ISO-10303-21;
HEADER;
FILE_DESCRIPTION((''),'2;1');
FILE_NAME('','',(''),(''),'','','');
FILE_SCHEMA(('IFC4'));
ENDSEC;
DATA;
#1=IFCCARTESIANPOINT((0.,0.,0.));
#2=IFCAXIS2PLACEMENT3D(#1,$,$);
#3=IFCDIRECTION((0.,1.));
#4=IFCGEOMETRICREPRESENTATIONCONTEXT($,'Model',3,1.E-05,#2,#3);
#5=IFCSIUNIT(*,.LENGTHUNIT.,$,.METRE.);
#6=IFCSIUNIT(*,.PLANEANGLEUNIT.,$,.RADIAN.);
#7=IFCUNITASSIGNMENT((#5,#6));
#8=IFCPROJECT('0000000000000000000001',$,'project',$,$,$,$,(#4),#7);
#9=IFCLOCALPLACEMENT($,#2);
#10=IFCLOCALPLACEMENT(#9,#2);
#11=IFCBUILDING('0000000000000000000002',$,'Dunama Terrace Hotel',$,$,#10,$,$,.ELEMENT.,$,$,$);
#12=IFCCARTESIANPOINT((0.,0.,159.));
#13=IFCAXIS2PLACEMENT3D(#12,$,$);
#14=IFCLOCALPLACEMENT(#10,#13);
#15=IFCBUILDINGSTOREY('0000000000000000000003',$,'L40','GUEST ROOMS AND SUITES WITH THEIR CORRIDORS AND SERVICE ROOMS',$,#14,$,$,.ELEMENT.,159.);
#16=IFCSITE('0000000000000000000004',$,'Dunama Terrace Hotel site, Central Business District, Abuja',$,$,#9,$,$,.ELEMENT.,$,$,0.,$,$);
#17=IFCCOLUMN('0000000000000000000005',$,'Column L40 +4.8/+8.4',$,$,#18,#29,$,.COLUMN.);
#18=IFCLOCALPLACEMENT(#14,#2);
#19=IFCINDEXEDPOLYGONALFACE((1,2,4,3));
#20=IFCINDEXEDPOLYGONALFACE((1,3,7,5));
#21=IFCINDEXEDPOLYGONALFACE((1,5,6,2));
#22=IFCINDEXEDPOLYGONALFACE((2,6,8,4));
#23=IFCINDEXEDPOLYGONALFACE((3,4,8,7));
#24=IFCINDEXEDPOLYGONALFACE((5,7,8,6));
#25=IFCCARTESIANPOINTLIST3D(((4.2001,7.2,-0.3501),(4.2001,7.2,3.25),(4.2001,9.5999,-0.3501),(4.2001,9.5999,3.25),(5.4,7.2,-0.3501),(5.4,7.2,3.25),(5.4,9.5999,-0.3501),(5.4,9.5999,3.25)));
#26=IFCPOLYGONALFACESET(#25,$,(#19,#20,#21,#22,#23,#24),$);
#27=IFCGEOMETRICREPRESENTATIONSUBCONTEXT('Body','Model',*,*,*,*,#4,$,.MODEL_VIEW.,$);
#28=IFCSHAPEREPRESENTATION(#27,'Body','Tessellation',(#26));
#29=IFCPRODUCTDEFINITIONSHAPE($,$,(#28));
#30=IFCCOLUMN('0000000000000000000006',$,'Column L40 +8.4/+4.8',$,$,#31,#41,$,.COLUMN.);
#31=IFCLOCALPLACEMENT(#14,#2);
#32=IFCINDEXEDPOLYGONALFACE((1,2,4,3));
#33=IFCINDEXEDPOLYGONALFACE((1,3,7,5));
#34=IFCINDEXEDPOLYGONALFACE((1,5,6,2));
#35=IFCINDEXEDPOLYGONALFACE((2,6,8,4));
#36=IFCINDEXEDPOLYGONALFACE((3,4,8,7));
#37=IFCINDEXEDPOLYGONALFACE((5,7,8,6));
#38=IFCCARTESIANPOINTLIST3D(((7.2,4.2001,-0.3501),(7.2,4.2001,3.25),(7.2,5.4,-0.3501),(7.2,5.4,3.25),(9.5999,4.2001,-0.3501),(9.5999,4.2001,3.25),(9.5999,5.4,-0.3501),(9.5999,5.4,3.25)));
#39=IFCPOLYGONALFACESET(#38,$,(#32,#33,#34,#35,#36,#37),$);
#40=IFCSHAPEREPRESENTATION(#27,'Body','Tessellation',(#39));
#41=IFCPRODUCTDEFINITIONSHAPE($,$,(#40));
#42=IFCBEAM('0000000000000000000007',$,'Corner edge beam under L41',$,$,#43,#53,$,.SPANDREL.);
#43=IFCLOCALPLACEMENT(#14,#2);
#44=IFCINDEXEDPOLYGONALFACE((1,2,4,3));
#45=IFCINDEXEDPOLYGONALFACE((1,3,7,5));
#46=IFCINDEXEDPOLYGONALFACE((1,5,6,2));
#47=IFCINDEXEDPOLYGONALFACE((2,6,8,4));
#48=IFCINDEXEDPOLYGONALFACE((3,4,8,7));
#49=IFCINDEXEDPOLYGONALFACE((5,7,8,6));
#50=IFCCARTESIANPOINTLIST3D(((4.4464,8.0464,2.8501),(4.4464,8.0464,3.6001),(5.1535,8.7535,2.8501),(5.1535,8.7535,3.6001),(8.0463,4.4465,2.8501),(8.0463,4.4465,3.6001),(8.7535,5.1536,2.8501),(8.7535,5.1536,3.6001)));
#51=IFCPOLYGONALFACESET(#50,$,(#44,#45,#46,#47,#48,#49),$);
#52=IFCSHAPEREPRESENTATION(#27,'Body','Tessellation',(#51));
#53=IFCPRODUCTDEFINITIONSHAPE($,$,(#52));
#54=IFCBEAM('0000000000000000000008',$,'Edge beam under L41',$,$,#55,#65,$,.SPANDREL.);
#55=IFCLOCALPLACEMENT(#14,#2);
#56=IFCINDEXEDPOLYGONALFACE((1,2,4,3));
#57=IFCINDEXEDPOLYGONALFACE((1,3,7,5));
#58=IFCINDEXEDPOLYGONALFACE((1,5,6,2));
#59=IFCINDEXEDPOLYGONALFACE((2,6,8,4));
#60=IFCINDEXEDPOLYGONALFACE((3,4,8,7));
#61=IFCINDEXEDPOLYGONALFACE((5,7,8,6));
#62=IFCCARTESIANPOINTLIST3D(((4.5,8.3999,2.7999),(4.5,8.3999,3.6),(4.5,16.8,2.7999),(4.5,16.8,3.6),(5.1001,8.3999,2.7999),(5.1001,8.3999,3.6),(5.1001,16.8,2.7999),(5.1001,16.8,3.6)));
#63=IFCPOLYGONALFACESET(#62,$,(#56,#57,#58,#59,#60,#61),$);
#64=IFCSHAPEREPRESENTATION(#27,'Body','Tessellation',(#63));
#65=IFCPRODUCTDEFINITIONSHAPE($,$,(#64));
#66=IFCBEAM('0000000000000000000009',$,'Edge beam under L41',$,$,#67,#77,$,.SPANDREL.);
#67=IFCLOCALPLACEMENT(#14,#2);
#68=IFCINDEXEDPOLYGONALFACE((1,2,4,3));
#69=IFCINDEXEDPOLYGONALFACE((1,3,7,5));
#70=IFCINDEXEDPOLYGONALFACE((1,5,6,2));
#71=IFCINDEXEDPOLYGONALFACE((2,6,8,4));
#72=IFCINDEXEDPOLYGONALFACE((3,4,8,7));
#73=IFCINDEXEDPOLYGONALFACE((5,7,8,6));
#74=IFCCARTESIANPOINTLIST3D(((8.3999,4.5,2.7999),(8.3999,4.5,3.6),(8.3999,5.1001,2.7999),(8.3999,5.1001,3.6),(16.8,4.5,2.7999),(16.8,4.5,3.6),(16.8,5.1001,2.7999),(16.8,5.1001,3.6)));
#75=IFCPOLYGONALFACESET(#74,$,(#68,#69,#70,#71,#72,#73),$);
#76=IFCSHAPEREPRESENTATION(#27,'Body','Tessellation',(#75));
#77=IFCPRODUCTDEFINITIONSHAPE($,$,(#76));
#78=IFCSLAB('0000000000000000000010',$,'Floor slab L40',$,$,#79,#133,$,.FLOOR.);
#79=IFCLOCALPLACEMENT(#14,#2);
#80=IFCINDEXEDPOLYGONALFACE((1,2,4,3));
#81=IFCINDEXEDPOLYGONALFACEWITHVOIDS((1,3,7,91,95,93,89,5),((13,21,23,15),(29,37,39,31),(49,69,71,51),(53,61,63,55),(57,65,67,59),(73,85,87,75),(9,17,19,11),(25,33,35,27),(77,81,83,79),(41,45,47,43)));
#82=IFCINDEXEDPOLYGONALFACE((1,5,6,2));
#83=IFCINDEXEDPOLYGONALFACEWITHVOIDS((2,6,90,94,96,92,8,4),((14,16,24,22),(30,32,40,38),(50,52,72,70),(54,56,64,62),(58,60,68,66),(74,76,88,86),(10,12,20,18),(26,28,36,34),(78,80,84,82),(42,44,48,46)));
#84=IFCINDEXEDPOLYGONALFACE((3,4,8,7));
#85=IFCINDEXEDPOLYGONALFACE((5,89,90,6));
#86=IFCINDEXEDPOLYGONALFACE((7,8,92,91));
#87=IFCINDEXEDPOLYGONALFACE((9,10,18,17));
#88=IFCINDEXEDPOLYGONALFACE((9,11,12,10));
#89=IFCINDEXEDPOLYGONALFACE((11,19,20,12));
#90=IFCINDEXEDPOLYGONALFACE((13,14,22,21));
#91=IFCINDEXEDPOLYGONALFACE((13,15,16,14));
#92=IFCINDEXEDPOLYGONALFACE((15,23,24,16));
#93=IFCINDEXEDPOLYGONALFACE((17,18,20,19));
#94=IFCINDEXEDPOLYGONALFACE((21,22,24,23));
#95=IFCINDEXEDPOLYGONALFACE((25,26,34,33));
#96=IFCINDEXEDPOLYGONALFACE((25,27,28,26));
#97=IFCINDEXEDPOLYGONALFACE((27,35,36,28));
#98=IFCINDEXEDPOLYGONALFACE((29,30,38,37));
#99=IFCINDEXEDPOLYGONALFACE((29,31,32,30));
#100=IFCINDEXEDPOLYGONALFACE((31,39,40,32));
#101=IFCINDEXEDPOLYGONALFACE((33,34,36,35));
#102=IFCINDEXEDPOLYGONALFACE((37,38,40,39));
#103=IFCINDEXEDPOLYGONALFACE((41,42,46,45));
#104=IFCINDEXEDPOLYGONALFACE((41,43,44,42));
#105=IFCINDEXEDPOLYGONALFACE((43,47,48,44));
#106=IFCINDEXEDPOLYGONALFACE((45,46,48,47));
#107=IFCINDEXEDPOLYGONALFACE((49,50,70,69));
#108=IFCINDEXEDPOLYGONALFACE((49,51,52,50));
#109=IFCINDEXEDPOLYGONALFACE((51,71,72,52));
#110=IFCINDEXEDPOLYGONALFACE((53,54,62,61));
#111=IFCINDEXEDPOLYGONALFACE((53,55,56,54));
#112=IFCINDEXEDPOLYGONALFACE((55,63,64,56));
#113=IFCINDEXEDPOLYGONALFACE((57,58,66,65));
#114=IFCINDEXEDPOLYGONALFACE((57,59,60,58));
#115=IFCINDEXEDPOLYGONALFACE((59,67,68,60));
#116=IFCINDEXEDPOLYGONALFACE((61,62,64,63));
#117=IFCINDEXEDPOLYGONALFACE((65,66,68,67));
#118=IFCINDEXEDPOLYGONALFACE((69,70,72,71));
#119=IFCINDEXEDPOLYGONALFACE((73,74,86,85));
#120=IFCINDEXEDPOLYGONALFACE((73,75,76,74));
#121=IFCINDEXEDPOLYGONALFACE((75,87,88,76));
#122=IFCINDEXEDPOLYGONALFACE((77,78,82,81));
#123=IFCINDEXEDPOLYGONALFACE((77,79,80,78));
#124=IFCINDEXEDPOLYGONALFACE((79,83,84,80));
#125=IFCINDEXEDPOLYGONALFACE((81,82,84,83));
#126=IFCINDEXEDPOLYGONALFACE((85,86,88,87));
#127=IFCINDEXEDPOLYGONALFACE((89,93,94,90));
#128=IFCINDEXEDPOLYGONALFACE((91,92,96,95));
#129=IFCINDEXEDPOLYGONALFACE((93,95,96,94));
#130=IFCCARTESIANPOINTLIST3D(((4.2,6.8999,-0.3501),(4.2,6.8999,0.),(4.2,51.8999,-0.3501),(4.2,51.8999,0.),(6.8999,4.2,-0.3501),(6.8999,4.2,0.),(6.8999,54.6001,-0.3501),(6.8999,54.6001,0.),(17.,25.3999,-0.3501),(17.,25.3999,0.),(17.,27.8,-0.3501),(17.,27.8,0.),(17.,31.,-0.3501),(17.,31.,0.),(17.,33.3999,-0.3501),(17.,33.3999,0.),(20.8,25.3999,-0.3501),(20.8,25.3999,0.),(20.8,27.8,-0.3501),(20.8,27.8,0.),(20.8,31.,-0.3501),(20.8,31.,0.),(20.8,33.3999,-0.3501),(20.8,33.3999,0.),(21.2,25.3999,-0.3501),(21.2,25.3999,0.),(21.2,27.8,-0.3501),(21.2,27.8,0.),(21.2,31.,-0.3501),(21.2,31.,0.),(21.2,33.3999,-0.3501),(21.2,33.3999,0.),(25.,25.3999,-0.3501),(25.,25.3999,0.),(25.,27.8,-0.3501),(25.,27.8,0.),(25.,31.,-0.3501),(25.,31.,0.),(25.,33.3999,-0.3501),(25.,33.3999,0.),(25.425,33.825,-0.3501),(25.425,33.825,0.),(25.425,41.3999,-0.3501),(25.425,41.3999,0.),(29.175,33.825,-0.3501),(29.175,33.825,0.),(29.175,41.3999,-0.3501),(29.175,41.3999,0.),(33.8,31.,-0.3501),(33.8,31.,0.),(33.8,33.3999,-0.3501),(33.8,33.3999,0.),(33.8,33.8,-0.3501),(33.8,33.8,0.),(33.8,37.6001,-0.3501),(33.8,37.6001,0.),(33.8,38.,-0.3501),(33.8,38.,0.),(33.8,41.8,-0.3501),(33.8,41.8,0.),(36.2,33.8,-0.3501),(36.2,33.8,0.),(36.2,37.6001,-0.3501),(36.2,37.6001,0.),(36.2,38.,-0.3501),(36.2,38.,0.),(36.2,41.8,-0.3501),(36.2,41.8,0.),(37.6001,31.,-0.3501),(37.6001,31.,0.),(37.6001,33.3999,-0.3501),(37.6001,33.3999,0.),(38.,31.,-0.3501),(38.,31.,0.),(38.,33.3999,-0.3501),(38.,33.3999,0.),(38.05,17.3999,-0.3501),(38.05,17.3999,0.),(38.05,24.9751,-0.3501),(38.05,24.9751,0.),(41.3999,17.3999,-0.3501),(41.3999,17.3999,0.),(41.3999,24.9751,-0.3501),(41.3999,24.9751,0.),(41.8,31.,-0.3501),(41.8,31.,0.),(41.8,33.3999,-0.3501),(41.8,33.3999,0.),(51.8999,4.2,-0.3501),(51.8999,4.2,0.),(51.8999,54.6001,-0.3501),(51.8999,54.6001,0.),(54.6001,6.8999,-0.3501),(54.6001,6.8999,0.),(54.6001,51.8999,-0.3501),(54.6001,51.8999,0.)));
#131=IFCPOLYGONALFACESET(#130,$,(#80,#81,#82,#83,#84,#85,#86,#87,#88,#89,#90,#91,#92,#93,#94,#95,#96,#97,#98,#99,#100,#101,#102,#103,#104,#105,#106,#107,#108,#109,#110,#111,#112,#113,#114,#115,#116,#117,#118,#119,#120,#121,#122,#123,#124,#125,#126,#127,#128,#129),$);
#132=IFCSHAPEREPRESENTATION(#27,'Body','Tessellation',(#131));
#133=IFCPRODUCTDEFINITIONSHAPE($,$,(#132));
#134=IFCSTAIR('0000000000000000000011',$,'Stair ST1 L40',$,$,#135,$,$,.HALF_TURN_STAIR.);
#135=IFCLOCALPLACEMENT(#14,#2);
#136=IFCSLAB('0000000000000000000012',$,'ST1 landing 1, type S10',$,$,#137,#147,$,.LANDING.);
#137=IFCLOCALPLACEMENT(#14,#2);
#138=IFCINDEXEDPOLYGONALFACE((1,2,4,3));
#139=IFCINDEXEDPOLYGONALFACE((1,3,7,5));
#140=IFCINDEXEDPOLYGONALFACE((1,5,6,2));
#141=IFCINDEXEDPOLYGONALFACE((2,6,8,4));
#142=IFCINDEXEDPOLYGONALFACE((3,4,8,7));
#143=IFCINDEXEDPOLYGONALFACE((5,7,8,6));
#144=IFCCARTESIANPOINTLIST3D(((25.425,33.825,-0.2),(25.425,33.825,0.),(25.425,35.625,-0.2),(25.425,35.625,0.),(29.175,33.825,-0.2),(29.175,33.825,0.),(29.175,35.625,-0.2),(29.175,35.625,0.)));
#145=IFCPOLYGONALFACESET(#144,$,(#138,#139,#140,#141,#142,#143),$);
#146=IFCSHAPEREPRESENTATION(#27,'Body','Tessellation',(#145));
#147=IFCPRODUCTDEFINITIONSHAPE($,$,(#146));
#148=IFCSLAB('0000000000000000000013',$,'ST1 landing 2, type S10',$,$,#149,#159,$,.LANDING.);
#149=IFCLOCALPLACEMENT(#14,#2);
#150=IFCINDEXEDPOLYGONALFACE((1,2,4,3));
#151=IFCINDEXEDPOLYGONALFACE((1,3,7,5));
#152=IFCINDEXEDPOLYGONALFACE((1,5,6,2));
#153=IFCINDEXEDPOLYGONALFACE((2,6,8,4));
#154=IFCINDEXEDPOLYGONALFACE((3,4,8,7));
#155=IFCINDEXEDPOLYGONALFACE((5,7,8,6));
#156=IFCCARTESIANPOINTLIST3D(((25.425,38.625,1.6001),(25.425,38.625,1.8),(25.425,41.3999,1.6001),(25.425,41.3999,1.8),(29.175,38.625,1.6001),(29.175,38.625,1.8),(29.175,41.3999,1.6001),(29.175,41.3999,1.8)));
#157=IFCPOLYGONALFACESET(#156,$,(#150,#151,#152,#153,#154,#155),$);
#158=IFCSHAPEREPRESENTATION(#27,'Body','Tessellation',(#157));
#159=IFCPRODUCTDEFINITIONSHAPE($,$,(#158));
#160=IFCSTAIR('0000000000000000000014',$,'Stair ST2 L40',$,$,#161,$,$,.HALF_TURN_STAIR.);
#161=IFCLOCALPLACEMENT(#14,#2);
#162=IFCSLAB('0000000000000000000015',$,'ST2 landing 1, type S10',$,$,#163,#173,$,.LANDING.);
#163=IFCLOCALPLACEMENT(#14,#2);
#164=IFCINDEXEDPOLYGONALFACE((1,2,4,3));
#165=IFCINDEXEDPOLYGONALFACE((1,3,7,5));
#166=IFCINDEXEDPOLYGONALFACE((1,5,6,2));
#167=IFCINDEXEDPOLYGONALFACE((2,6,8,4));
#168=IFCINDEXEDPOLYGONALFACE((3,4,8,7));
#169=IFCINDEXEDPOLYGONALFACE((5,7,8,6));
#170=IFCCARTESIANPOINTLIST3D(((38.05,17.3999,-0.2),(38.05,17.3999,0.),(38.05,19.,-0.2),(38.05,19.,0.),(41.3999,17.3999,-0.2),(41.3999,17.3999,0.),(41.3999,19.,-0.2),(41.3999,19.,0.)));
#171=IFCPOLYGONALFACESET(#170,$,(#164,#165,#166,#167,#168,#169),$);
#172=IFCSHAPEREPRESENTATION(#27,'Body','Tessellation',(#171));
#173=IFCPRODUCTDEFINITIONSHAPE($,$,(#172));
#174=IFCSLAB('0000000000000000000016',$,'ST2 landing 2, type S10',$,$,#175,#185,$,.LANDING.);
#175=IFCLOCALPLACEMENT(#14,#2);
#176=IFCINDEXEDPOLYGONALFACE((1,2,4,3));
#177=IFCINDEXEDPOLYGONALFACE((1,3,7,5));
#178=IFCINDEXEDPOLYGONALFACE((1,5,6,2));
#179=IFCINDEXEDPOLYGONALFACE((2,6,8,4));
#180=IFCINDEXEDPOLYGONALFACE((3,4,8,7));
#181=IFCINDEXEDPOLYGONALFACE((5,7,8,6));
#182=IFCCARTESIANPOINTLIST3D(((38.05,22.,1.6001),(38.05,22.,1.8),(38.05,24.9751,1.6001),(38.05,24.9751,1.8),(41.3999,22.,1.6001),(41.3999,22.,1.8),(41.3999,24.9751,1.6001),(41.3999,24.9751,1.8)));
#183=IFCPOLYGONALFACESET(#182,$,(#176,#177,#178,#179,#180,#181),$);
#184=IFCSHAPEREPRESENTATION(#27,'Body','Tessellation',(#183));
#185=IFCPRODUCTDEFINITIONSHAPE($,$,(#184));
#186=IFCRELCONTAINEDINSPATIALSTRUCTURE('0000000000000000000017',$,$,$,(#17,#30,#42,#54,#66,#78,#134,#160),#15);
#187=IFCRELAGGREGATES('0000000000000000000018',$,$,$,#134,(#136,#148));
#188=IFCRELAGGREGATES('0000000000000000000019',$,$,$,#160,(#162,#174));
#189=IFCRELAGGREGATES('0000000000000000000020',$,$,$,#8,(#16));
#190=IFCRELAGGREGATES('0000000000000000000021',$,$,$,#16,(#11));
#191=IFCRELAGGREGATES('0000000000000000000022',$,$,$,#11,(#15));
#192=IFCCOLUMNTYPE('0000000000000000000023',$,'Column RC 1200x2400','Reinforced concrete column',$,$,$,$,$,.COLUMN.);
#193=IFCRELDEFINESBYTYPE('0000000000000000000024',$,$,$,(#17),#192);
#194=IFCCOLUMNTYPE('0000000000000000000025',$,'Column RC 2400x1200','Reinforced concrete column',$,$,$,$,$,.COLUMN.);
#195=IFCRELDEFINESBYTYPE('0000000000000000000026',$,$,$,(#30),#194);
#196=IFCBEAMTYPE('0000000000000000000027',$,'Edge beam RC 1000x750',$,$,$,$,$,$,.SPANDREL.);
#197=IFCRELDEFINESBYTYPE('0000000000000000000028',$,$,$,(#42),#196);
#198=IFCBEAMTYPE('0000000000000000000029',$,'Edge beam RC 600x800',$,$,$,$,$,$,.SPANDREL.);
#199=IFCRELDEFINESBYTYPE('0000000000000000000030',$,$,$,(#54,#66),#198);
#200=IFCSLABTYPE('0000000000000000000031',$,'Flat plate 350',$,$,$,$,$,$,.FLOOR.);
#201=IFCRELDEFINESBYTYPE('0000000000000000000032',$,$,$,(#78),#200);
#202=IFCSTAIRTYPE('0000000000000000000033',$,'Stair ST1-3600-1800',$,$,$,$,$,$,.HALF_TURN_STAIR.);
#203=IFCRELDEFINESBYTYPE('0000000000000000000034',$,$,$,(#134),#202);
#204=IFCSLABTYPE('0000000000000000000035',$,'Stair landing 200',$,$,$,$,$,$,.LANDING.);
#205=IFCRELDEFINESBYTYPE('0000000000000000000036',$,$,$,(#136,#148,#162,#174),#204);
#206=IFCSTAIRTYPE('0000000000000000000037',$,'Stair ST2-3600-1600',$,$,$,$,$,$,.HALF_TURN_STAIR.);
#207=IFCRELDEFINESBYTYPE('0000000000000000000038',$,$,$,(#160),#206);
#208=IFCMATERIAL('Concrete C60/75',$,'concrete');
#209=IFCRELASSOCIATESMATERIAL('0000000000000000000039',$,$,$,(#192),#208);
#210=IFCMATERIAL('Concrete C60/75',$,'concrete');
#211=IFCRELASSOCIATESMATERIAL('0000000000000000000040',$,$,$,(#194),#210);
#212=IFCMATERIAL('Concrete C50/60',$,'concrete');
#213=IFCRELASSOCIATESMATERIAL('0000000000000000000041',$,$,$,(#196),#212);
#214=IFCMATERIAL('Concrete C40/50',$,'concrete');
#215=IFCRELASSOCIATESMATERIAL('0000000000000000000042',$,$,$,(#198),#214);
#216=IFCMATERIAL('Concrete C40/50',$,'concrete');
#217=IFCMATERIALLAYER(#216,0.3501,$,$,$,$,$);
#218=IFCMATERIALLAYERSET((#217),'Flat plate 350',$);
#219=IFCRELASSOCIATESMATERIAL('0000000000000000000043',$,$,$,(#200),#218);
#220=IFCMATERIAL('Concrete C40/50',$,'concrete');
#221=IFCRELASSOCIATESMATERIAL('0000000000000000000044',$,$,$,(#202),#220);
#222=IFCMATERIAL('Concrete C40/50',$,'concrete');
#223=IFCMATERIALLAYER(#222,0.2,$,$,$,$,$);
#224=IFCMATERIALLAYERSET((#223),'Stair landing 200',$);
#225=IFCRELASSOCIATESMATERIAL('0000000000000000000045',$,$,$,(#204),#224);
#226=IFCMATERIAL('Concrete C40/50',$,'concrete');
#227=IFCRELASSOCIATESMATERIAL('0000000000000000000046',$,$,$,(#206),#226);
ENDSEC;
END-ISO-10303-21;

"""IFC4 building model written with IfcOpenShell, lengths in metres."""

from ifc_helpers import new_model, si_unit, direction, frame, origin, origin_2d, place, context, subcontext, project, spatial, polyline, rectangle, outline, extrude, material, layer, layer_set, material_profile, profile_set, type_object, element, aggregate, save


model = new_model("IFC4")

# Units and contexts
model_context = context("Model", 3, precision=1e-05, world=origin(), true_north=direction((0.0, 1.0)))
body_context = subcontext(model_context, "Body", "Model", "MODEL_VIEW")
ifc_project = project(units=[si_unit("LENGTHUNIT", "METRE"), si_unit("PLANEANGLEUNIT", "RADIAN")], contexts=[model_context])

# Site, building, storey
site_placement = place(None, origin())
site = spatial("IfcSite", under=ifc_project, at=site_placement, Name="Dunama Terrace Hotel site, Central Business District, Abuja", CompositionType="ELEMENT", RefElevation=0.0)
building_placement = place(site_placement, origin())
building = spatial("IfcBuilding", under=site, at=building_placement, Name="Dunama Terrace Hotel", CompositionType="ELEMENT")
storey_placement = place(building_placement, frame((0.0, 0.0, 159.0)))
storey = spatial("IfcBuildingStorey", under=building, at=storey_placement, Name="L40", Description="GUEST ROOMS AND SUITES WITH THEIR CORRIDORS AND SERVICE ROOMS", CompositionType="ELEMENT", Elevation=159.0)

# Columns
ifc_material_1 = material(Name="Concrete C60/75", Category="concrete")
ifc_material_profile_1 = material_profile(ifc_material_1, rectangle(XDim=1.2, YDim=2.3999, at=origin_2d()), Name="RC 1200x2400")
ifc_profile_set_1 = profile_set([ifc_material_profile_1], Name="Concrete C60/75")
column_type_1 = type_object("IfcColumnType", Name="Column RC 1200x2400", Description="Reinforced concrete column", PredefinedType="COLUMN", material=ifc_profile_set_1)
column_1_placement = place(storey_placement, frame((4.8, 8.3999, -0.3501), z_axis=(0.0, 0.0, 1.0), x_axis=(1.0, 0.0, 0.0)))
element("IfcColumn", 1, at=column_1_placement, inside=storey, type_object=column_type_1, Name="Column L40 +4.8/+8.4", PredefinedType="COLUMN", context=body_context, shape_type="SweptSolid", body=[
    extrude(rectangle(XDim=1.2, YDim=2.3999, at=origin_2d()), origin(), (0.0, 0.0, 1.0), 3.6001),
])
ifc_material_2 = material(Name="Concrete C60/75", Category="concrete")
ifc_material_profile_2 = material_profile(ifc_material_2, rectangle(XDim=2.3999, YDim=1.2, at=origin_2d()), Name="RC 2400x1200")
ifc_profile_set_2 = profile_set([ifc_material_profile_2], Name="Concrete C60/75")
column_type_2 = type_object("IfcColumnType", Name="Column RC 2400x1200", Description="Reinforced concrete column", PredefinedType="COLUMN", material=ifc_profile_set_2)
column_2_placement = place(storey_placement, frame((8.3999, 4.8, -0.3501), z_axis=(0.0, 0.0, 1.0), x_axis=(1.0, 0.0, 0.0)))
element("IfcColumn", 2, at=column_2_placement, inside=storey, type_object=column_type_2, Name="Column L40 +8.4/+4.8", PredefinedType="COLUMN", context=body_context, shape_type="SweptSolid", body=[
    extrude(rectangle(XDim=2.3999, YDim=1.2, at=origin_2d()), origin(), (0.0, 0.0, 1.0), 3.6001),
])

# Beams
ifc_material_3 = material(Name="Concrete C50/60", Category="concrete")
ifc_material_profile_3 = material_profile(ifc_material_3, rectangle(XDim=1.0, YDim=0.75, at=origin_2d()), Name="RC 1000x750")
ifc_profile_set_3 = profile_set([ifc_material_profile_3], Name="Concrete C50/60")
beam_type_1 = type_object("IfcBeamType", Name="Edge beam RC 1000x750", PredefinedType="SPANDREL", material=ifc_profile_set_3)
beam_placement = place(storey_placement, frame((8.3999, 4.8, 3.2251), z_axis=(-0.707107, 0.707107, 0.0), x_axis=(-0.707107, -0.707107, 0.0)))
element("IfcBeam", 3, at=beam_placement, inside=storey, type_object=beam_type_1, Name="Corner edge beam under L41", PredefinedType="SPANDREL", context=body_context, shape_type="SweptSolid", body=[
    extrude(rectangle(XDim=1.0, YDim=0.75, at=origin_2d()), origin(), (0.0, 0.0, 1.0), 5.0911),
])
ifc_material_4 = material(Name="Concrete C40/50", Category="concrete")
ifc_material_profile_4 = material_profile(ifc_material_4, rectangle(XDim=0.6001, YDim=0.8, at=origin_2d()), Name="RC 600x800")
ifc_profile_set_4 = profile_set([ifc_material_profile_4], Name="Concrete C40/50")
beam_type_2 = type_object("IfcBeamType", Name="Edge beam RC 600x800", PredefinedType="SPANDREL", material=ifc_profile_set_4)
for number, where, z_axis, x_axis, name in (
    (4, (4.8, 8.3999, 3.2), (0.0, 1.0, 0.0), (-1.0, 0.0, 0.0), "Edge beam under L41"),
    (5, (8.3999, 4.8, 3.2), (1.0, 0.0, 0.0), (0.0, 1.0, 0.0), "Edge beam under L41"),
):
    element("IfcBeam", number, at=place(storey_placement, frame(where, z_axis=z_axis, x_axis=x_axis)), inside=storey, type_object=beam_type_2, Name=name, PredefinedType="SPANDREL", context=body_context, shape_type="SweptSolid", body=[
        extrude(rectangle(XDim=0.6001, YDim=0.8, at=origin_2d()), origin(), (0.0, 0.0, 1.0), 8.4001),
    ])

# Slab
ifc_material_5 = material(Name="Concrete C40/50", Category="concrete")
ifc_layer_1 = layer(ifc_material_5, 0.3501)
ifc_layer_set_1 = layer_set([ifc_layer_1], Name="Flat plate 350")
slab_type_1 = type_object("IfcSlabType", Name="Flat plate 350", PredefinedType="FLOOR", material=ifc_layer_set_1)
slab_1_placement = place(storey_placement, frame((0.0, 0.0, -0.3501)))
element("IfcSlab", 6, at=slab_1_placement, inside=storey, type_object=slab_type_1, Name="Floor slab L40", PredefinedType="FLOOR", context=body_context, shape_type="SweptSolid", body=[
    extrude(outline(polyline([(6.8999, 4.2), (51.8999, 4.2), (54.6001, 6.8999), (54.6001, 51.8999), (51.8999, 54.6001), (6.8999, 54.6001), (4.2, 51.8999), (4.2, 6.8999), (6.8999, 4.2)]), holes=[polyline([(20.8, 25.3999), (20.8, 27.8), (17.0, 27.8), (17.0, 25.3999), (20.8, 25.3999)]), polyline([(25.0, 25.3999), (25.0, 27.8), (21.2, 27.8), (21.2, 25.3999), (25.0, 25.3999)]), polyline([(20.8, 31.0), (20.8, 33.3999), (17.0, 33.3999), (17.0, 31.0), (20.8, 31.0)]), polyline([(25.0, 31.0), (25.0, 33.3999), (21.2, 33.3999), (21.2, 31.0), (25.0, 31.0)]), polyline([(37.6001, 31.0), (37.6001, 33.3999), (33.8, 33.3999), (33.8, 31.0), (37.6001, 31.0)]), polyline([(41.8, 31.0), (41.8, 33.3999), (38.0, 33.3999), (38.0, 31.0), (41.8, 31.0)]), polyline([(36.2, 38.0), (36.2, 41.8), (33.8, 41.8), (33.8, 38.0), (36.2, 38.0)]), polyline([(36.2, 33.8), (36.2, 37.6001), (33.8, 37.6001), (33.8, 33.8), (36.2, 33.8)]), polyline([(29.175, 33.825), (29.175, 41.3999), (25.425, 41.3999), (25.425, 33.825), (29.175, 33.825)]), polyline([(41.3999, 17.3999), (41.3999, 24.9751), (38.05, 24.9751), (38.05, 17.3999), (41.3999, 17.3999)])]), origin(), (0.0, 0.0, 1.0), 0.3501),
])

# Stairs, slabs
ifc_material_6 = material(Name="Concrete C40/50", Category="concrete")
stair_type_1 = type_object("IfcStairType", Name="Stair ST1-3600-1800", PredefinedType="HALF_TURN_STAIR", material=ifc_material_6)
stair_1_placement = place(storey_placement, origin())
stair_1 = element("IfcStair", 7, at=stair_1_placement, inside=storey, type_object=stair_type_1, Name="Stair ST1 L40", PredefinedType="HALF_TURN_STAIR")
ifc_material_7 = material(Name="Concrete C40/50", Category="concrete")
ifc_layer_2 = layer(ifc_material_7, 0.2)
ifc_layer_set_2 = layer_set([ifc_layer_2], Name="Stair landing 200")
slab_type_2 = type_object("IfcSlabType", Name="Stair landing 200", PredefinedType="LANDING", material=ifc_layer_set_2)
slab_2_placement = place(storey_placement, frame((0.0, 0.0, -0.2)))
slab_2 = element("IfcSlab", 8, at=slab_2_placement, type_object=slab_type_2, Name="ST1 landing 1, type S10", PredefinedType="LANDING", context=body_context, shape_type="SweptSolid", body=[
    extrude(outline(polyline([(25.425, 33.825), (29.175, 33.825), (29.175, 35.625), (25.425, 35.625), (25.425, 33.825)])), origin(), (0.0, 0.0, 1.0), 0.2),
])
slab_3_placement = place(storey_placement, frame((0.0, 0.0, 1.6001)))
slab_3 = element("IfcSlab", 9, at=slab_3_placement, type_object=slab_type_2, Name="ST1 landing 2, type S10", PredefinedType="LANDING", context=body_context, shape_type="SweptSolid", body=[
    extrude(outline(polyline([(25.425, 38.625), (29.175, 38.625), (29.175, 41.3999), (25.425, 41.3999), (25.425, 38.625)])), origin(), (0.0, 0.0, 1.0), 0.2),
])
aggregate(stair_1, [slab_2, slab_3])
ifc_material_8 = material(Name="Concrete C40/50", Category="concrete")
stair_type_2 = type_object("IfcStairType", Name="Stair ST2-3600-1600", PredefinedType="HALF_TURN_STAIR", material=ifc_material_8)
stair_2_placement = place(storey_placement, origin())
stair_2 = element("IfcStair", 10, at=stair_2_placement, inside=storey, type_object=stair_type_2, Name="Stair ST2 L40", PredefinedType="HALF_TURN_STAIR")
slab_4_placement = place(storey_placement, frame((0.0, 0.0, -0.2)))
slab_4 = element("IfcSlab", 11, at=slab_4_placement, type_object=slab_type_2, Name="ST2 landing 1, type S10", PredefinedType="LANDING", context=body_context, shape_type="SweptSolid", body=[
    extrude(outline(polyline([(38.05, 17.3999), (41.3999, 17.3999), (41.3999, 19.0), (38.05, 19.0), (38.05, 17.3999)])), origin(), (0.0, 0.0, 1.0), 0.2),
])
slab_5_placement = place(storey_placement, frame((0.0, 0.0, 1.6001)))
slab_5 = element("IfcSlab", 12, at=slab_5_placement, type_object=slab_type_2, Name="ST2 landing 2, type S10", PredefinedType="LANDING", context=body_context, shape_type="SweptSolid", body=[
    extrude(outline(polyline([(38.05, 22.0), (41.3999, 22.0), (41.3999, 24.9751), (38.05, 24.9751), (38.05, 22.0)])), origin(), (0.0, 0.0, 1.0), 0.2),
])
aggregate(stair_2, [slab_4, slab_5])

save(model, "model.ifc")
